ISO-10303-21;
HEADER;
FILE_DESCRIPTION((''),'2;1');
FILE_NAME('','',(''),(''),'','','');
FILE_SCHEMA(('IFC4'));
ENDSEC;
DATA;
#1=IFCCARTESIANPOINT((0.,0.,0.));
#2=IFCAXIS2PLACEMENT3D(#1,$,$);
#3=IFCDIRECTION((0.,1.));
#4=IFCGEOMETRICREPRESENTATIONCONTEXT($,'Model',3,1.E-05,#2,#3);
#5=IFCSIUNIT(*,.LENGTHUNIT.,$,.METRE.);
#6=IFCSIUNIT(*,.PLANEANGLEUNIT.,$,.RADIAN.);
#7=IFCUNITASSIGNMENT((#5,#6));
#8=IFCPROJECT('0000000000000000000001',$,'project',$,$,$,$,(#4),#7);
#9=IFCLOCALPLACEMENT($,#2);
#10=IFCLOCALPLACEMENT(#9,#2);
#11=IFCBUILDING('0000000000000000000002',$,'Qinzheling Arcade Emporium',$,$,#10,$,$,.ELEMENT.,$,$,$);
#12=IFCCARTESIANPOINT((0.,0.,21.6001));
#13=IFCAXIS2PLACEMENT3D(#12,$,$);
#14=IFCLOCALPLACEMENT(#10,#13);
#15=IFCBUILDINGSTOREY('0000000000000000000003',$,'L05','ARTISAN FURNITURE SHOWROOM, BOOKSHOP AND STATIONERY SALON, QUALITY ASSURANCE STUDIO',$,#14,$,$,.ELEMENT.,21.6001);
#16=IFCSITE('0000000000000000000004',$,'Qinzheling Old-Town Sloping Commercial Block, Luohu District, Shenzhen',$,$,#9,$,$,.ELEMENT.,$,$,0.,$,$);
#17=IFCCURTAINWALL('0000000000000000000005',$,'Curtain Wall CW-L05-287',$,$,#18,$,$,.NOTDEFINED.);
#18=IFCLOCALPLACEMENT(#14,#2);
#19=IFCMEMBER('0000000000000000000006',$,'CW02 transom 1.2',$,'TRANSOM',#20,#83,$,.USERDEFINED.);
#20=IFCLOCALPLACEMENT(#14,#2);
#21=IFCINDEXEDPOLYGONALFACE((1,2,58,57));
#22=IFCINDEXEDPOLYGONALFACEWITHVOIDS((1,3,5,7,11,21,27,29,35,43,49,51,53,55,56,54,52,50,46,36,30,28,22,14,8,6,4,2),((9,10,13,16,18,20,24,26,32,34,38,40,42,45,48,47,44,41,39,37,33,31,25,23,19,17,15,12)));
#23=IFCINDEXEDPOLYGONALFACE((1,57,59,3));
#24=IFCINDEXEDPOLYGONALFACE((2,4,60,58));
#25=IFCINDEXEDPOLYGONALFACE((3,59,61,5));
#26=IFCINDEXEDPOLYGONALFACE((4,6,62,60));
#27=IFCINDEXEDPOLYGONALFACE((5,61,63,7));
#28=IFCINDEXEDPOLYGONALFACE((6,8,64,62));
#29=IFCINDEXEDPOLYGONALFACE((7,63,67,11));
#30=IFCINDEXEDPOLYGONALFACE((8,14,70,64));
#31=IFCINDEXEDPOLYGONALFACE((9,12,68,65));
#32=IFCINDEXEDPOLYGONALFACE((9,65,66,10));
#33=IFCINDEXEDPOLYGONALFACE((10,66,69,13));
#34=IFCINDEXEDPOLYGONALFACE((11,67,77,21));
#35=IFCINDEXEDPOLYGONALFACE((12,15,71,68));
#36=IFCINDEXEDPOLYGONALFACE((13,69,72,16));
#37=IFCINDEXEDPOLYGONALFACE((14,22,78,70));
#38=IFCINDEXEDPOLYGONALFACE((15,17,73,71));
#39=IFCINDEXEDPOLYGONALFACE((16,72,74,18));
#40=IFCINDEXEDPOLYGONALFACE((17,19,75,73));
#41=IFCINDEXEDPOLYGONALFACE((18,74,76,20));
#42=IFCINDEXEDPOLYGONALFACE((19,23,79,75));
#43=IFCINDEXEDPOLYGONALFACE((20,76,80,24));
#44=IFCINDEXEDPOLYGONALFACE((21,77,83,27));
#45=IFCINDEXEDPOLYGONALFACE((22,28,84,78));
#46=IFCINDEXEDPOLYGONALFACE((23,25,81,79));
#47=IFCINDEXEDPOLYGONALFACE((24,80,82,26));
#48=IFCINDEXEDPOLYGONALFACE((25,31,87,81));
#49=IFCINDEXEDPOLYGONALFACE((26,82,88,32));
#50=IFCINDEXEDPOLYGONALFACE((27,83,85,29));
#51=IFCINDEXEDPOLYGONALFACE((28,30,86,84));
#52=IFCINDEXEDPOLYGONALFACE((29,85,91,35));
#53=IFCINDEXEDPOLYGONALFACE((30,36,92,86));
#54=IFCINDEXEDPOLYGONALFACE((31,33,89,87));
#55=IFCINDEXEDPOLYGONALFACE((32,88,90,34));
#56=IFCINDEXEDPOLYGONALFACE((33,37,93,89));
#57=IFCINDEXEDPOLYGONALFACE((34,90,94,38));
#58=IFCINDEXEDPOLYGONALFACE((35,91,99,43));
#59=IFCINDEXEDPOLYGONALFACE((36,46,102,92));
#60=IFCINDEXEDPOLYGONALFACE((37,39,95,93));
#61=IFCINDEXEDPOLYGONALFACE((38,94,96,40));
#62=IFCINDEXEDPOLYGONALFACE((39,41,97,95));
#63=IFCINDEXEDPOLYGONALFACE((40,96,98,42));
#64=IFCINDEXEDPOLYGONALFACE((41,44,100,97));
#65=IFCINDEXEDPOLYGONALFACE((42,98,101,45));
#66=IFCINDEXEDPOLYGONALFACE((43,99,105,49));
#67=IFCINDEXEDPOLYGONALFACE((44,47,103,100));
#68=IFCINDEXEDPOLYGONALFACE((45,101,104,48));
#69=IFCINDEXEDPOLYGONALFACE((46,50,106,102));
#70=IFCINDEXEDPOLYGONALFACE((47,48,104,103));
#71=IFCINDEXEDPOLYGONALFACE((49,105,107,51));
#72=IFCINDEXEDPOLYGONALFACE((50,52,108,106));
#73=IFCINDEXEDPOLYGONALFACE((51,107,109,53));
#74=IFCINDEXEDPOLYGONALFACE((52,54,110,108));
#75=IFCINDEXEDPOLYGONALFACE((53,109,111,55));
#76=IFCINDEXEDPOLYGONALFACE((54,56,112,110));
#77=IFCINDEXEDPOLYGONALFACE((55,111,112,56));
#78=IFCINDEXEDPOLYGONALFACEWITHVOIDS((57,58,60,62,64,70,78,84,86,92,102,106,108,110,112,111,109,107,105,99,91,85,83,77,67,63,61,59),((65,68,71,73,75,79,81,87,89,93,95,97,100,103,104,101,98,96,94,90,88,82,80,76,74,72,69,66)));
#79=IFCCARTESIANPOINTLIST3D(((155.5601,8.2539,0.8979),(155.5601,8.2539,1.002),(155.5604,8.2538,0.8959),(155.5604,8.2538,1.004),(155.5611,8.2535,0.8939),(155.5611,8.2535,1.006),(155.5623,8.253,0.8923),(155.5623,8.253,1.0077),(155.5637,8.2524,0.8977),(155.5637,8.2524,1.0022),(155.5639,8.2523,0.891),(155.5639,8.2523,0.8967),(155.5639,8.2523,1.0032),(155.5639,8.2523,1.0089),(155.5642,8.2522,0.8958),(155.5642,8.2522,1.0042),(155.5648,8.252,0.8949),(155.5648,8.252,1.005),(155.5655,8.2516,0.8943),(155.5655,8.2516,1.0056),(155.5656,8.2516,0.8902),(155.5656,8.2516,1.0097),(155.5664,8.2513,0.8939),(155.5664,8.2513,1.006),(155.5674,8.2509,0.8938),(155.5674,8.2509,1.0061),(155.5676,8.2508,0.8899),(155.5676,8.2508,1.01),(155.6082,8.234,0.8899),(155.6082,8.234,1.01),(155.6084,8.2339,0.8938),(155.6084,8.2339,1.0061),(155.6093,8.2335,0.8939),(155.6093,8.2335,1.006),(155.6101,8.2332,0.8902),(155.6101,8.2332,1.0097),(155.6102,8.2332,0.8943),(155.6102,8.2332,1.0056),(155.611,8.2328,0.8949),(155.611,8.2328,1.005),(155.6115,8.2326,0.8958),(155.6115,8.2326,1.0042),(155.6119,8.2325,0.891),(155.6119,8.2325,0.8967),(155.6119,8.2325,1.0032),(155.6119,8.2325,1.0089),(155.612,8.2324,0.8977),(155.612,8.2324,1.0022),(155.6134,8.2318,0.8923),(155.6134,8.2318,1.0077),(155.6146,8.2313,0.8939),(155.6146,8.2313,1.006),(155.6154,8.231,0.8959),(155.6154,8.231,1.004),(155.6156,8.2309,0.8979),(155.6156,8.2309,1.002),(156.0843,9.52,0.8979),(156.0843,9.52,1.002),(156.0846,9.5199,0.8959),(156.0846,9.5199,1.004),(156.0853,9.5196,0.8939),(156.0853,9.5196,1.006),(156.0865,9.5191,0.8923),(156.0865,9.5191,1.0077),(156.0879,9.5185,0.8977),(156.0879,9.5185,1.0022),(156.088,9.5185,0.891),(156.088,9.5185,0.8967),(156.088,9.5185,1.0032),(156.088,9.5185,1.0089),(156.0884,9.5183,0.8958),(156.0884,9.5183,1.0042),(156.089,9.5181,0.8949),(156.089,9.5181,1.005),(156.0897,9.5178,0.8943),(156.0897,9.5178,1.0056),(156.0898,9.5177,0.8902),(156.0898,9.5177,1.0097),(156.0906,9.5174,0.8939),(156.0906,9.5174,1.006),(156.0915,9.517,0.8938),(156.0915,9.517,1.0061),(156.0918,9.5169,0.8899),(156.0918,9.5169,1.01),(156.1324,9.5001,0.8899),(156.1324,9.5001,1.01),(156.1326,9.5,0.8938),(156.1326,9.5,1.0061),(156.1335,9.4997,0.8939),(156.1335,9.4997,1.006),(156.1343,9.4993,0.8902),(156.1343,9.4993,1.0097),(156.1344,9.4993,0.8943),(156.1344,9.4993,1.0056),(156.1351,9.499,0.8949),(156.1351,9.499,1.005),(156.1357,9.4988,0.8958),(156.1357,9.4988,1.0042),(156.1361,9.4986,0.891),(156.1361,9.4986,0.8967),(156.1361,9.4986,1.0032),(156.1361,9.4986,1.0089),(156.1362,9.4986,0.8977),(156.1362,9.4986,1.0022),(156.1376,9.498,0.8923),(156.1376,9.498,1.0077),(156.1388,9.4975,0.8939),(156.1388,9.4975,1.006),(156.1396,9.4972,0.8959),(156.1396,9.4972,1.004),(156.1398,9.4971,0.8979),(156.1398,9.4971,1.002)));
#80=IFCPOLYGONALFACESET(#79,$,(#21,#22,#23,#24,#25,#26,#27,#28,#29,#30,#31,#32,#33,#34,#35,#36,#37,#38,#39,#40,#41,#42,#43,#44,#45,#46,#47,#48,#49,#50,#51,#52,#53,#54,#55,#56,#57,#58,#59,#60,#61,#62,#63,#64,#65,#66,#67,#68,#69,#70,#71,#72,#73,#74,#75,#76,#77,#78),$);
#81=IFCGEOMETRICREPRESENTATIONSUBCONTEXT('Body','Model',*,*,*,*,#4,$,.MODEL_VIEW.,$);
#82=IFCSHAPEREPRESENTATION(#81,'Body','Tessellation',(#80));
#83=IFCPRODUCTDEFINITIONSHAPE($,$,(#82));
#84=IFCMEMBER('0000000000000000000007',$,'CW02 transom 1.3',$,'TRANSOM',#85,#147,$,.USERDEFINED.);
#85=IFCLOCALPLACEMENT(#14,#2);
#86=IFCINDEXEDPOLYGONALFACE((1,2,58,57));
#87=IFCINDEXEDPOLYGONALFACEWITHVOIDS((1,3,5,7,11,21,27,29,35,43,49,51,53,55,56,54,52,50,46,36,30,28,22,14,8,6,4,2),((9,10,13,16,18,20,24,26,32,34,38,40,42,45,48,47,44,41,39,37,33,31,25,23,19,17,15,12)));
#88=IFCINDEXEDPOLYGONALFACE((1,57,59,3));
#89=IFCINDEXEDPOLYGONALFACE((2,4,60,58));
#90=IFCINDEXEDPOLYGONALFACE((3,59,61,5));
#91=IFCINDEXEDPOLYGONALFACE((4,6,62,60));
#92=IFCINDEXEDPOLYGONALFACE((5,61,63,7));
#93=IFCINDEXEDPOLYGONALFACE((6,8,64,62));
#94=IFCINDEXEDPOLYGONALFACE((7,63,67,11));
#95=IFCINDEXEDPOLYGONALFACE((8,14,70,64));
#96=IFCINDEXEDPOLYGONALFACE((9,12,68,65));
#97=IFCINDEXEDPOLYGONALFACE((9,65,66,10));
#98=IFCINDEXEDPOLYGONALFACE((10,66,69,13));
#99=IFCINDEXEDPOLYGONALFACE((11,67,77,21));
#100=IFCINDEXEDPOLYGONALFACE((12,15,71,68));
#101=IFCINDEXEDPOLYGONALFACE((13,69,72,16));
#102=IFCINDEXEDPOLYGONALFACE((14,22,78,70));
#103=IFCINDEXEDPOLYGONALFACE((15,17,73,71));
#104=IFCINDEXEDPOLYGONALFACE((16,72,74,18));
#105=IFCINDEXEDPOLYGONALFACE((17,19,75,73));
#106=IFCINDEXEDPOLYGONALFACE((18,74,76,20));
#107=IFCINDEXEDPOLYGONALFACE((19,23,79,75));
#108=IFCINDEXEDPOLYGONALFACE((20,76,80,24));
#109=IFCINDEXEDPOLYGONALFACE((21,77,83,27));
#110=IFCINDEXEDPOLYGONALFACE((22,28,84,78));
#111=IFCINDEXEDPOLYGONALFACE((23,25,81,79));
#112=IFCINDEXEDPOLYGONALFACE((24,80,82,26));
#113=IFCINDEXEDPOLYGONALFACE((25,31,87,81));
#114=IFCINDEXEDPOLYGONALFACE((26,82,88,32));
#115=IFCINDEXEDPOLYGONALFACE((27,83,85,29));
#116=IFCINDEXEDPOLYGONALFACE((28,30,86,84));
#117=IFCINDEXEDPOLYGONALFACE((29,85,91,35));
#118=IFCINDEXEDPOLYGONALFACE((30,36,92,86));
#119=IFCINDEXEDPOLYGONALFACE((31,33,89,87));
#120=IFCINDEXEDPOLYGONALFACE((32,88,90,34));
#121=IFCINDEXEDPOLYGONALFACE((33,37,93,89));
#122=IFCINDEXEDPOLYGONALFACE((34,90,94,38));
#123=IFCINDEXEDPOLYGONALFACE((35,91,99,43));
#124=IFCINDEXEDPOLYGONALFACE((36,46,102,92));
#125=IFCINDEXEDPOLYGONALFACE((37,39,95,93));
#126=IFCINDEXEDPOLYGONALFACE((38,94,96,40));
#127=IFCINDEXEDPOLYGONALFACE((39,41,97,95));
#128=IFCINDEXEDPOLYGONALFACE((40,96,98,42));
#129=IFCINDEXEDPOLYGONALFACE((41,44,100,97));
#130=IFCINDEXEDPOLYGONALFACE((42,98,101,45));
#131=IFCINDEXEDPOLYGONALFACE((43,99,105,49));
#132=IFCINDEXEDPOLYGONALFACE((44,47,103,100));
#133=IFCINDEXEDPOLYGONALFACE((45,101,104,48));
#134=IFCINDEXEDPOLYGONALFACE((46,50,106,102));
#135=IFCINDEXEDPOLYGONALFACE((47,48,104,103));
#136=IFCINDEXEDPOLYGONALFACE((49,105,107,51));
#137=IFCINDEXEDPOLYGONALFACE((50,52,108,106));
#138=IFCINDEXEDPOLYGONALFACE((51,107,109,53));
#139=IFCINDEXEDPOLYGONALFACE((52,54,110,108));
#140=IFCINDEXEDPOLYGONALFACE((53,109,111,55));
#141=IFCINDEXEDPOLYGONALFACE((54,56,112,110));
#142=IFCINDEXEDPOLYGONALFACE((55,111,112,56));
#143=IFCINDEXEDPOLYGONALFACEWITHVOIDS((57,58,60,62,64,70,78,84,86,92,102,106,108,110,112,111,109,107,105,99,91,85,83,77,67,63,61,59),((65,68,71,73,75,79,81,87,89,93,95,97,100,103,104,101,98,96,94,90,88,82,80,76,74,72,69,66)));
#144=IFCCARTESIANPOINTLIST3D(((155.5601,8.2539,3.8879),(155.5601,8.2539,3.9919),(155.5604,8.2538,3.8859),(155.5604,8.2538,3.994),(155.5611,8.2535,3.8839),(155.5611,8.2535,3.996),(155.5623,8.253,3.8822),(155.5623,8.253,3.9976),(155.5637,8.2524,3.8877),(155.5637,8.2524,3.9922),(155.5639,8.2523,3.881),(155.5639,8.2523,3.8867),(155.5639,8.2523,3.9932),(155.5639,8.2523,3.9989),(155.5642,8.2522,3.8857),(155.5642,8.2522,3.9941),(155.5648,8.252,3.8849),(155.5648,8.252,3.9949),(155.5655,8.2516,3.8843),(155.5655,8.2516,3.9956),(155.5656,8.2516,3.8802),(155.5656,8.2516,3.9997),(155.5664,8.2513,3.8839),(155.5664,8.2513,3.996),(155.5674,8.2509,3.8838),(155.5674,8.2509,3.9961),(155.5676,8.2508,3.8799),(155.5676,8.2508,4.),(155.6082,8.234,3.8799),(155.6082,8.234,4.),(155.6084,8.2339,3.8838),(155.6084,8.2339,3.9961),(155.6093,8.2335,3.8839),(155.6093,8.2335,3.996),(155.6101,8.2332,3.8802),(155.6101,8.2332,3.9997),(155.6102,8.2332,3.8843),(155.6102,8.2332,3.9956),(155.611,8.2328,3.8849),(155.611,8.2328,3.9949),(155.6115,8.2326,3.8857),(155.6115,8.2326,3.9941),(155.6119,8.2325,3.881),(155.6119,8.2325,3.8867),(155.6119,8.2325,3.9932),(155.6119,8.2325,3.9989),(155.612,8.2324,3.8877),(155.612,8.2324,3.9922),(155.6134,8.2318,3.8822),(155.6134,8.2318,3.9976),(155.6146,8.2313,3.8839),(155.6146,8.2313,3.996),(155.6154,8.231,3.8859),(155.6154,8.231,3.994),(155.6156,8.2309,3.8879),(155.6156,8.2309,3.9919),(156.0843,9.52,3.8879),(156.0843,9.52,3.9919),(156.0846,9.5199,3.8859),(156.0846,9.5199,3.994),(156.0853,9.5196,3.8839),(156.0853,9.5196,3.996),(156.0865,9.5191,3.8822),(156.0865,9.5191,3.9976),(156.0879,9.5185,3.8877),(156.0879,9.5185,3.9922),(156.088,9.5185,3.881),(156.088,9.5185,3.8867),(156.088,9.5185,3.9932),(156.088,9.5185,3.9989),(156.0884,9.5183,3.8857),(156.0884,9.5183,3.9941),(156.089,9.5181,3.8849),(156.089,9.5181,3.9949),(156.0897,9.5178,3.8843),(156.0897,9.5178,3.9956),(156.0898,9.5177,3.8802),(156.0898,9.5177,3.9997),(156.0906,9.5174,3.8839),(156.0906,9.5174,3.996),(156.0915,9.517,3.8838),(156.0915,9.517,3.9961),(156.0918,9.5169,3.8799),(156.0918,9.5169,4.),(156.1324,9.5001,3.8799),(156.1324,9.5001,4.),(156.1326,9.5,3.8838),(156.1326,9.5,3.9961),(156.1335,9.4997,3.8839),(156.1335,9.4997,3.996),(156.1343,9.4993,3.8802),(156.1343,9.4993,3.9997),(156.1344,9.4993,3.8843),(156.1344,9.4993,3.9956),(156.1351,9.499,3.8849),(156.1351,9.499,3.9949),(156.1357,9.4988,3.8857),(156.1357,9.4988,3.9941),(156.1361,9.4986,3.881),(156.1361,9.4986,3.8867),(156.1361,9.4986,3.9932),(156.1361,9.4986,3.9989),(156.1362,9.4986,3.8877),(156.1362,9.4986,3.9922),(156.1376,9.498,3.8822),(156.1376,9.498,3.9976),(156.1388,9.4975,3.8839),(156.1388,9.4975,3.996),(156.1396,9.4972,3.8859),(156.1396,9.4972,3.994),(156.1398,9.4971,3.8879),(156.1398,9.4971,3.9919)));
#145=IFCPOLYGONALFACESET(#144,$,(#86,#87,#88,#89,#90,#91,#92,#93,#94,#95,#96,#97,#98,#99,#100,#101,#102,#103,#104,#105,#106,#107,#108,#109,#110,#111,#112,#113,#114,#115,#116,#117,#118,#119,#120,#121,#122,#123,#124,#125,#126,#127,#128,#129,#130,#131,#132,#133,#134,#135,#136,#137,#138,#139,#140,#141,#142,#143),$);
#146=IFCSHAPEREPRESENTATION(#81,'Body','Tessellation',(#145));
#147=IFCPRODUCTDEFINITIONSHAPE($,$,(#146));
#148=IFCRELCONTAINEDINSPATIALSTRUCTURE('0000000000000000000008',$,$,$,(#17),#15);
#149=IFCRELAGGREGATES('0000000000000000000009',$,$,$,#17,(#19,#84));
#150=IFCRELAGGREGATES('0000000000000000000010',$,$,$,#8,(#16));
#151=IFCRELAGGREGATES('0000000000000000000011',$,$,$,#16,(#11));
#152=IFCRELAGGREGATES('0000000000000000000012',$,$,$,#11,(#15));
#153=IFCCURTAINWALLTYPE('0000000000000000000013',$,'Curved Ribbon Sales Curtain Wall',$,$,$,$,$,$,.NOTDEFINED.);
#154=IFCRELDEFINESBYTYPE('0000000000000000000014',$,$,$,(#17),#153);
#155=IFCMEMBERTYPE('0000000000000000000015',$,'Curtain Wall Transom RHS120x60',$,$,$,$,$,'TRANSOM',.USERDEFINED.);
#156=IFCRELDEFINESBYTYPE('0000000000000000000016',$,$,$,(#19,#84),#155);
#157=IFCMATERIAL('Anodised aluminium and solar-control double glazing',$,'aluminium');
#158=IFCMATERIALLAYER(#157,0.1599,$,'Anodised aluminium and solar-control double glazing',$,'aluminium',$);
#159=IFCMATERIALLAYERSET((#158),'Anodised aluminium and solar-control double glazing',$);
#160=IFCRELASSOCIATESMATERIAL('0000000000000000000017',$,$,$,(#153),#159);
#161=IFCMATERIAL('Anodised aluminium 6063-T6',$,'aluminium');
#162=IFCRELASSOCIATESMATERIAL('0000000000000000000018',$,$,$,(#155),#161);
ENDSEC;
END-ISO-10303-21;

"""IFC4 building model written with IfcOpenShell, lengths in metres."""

from ifc_helpers import new_model, si_unit, direction, frame, origin, origin_2d, place, context, subcontext, project, spatial, hollow_rectangle, extrude, material, layer, layer_set, material_profile, profile_set, type_object, element, aggregate, save


model = new_model("IFC4")

# Units and contexts
model_context = context("Model", 3, precision=1e-05, world=origin(), true_north=direction((0.0, 1.0)))
body_context = subcontext(model_context, "Body", "Model", "MODEL_VIEW")
ifc_project = project(units=[si_unit("LENGTHUNIT", "METRE"), si_unit("PLANEANGLEUNIT", "RADIAN")], contexts=[model_context])

# Site, building, storey
site_placement = place(None, origin())
site = spatial("IfcSite", under=ifc_project, at=site_placement, Name="Qinzheling Old-Town Sloping Commercial Block, Luohu District, Shenzhen", CompositionType="ELEMENT", RefElevation=0.0)
building_placement = place(site_placement, origin())
building = spatial("IfcBuilding", under=site, at=building_placement, Name="Qinzheling Arcade Emporium", CompositionType="ELEMENT")
storey_placement = place(building_placement, frame((0.0, 0.0, 21.6001)))
storey = spatial("IfcBuildingStorey", under=building, at=storey_placement, Name="L05", Description="ARTISAN FURNITURE SHOWROOM, BOOKSHOP AND STATIONERY SALON, QUALITY ASSURANCE STUDIO", CompositionType="ELEMENT", Elevation=21.6001)

# Shared definitions
ifc_material_1 = material(Name="Anodised aluminium and solar-control double glazing", Category="aluminium")
ifc_layer_1 = layer(ifc_material_1, 0.1599, Name="Anodised aluminium and solar-control double glazing", Category="aluminium")
ifc_layer_set_1 = layer_set([ifc_layer_1], Name="Anodised aluminium and solar-control double glazing")
curtain_wall_type_1 = type_object("IfcCurtainWallType", Name="Curved Ribbon Sales Curtain Wall", PredefinedType="NOTDEFINED", material=ifc_layer_set_1)
ifc_material_2 = material(Name="Anodised aluminium 6063-T6", Category="aluminium")

# Curtain wall
curtain_wall_1_placement = place(storey_placement, origin())
curtain_wall_1 = element("IfcCurtainWall", 1, at=curtain_wall_1_placement, inside=storey, type_object=curtain_wall_type_1, Name="Curtain Wall CW-L05-287", PredefinedType="NOTDEFINED")

# Members
ifc_material_profile_1 = material_profile(ifc_material_2, hollow_rectangle(XDim=0.0601, YDim=0.1201, WallThickness=0.0039, InnerFilletRadius=0.0039, OuterFilletRadius=0.0081, at=origin_2d()), Name="RHS 120x60x4", Category="aluminium")
ifc_profile_set_1 = profile_set([ifc_material_profile_1], Name="Anodised aluminium 6063-T6")
member_type_1 = type_object("IfcMemberType", Name="Curtain Wall Transom RHS120x60", ElementType="TRANSOM", PredefinedType="USERDEFINED", material=ifc_profile_set_1)
member_1_placement = place(storey_placement, frame((156.1121, 9.5085, 0.95), z_axis=(-0.382514, -0.92395, 0.0), x_axis=(0.92395, -0.382514, 0.0)))
member_1 = element("IfcMember", 2, at=member_1_placement, type_object=member_type_1, Name="CW02 transom 1.2", ObjectType="TRANSOM", PredefinedType="USERDEFINED", context=body_context, shape_type="SweptSolid", body=[
    extrude(hollow_rectangle(XDim=0.0601, YDim=0.1201, WallThickness=0.0039, InnerFilletRadius=0.0039, OuterFilletRadius=0.0081, at=origin_2d()), origin(), (0.0, 0.0, 1.0), 1.3704),
])
member_2_placement = place(storey_placement, frame((156.1121, 9.5085, 3.9399), z_axis=(-0.382514, -0.92395, 0.0), x_axis=(0.92395, -0.382514, 0.0)))
member_2 = element("IfcMember", 3, at=member_2_placement, type_object=member_type_1, Name="CW02 transom 1.3", ObjectType="TRANSOM", PredefinedType="USERDEFINED", context=body_context, shape_type="SweptSolid", body=[
    extrude(hollow_rectangle(XDim=0.0601, YDim=0.1201, WallThickness=0.0039, InnerFilletRadius=0.0039, OuterFilletRadius=0.0081, at=origin_2d()), origin(), (0.0, 0.0, 1.0), 1.3704),
])
aggregate(curtain_wall_1, [member_1, member_2])

save(model, "model.ifc")
